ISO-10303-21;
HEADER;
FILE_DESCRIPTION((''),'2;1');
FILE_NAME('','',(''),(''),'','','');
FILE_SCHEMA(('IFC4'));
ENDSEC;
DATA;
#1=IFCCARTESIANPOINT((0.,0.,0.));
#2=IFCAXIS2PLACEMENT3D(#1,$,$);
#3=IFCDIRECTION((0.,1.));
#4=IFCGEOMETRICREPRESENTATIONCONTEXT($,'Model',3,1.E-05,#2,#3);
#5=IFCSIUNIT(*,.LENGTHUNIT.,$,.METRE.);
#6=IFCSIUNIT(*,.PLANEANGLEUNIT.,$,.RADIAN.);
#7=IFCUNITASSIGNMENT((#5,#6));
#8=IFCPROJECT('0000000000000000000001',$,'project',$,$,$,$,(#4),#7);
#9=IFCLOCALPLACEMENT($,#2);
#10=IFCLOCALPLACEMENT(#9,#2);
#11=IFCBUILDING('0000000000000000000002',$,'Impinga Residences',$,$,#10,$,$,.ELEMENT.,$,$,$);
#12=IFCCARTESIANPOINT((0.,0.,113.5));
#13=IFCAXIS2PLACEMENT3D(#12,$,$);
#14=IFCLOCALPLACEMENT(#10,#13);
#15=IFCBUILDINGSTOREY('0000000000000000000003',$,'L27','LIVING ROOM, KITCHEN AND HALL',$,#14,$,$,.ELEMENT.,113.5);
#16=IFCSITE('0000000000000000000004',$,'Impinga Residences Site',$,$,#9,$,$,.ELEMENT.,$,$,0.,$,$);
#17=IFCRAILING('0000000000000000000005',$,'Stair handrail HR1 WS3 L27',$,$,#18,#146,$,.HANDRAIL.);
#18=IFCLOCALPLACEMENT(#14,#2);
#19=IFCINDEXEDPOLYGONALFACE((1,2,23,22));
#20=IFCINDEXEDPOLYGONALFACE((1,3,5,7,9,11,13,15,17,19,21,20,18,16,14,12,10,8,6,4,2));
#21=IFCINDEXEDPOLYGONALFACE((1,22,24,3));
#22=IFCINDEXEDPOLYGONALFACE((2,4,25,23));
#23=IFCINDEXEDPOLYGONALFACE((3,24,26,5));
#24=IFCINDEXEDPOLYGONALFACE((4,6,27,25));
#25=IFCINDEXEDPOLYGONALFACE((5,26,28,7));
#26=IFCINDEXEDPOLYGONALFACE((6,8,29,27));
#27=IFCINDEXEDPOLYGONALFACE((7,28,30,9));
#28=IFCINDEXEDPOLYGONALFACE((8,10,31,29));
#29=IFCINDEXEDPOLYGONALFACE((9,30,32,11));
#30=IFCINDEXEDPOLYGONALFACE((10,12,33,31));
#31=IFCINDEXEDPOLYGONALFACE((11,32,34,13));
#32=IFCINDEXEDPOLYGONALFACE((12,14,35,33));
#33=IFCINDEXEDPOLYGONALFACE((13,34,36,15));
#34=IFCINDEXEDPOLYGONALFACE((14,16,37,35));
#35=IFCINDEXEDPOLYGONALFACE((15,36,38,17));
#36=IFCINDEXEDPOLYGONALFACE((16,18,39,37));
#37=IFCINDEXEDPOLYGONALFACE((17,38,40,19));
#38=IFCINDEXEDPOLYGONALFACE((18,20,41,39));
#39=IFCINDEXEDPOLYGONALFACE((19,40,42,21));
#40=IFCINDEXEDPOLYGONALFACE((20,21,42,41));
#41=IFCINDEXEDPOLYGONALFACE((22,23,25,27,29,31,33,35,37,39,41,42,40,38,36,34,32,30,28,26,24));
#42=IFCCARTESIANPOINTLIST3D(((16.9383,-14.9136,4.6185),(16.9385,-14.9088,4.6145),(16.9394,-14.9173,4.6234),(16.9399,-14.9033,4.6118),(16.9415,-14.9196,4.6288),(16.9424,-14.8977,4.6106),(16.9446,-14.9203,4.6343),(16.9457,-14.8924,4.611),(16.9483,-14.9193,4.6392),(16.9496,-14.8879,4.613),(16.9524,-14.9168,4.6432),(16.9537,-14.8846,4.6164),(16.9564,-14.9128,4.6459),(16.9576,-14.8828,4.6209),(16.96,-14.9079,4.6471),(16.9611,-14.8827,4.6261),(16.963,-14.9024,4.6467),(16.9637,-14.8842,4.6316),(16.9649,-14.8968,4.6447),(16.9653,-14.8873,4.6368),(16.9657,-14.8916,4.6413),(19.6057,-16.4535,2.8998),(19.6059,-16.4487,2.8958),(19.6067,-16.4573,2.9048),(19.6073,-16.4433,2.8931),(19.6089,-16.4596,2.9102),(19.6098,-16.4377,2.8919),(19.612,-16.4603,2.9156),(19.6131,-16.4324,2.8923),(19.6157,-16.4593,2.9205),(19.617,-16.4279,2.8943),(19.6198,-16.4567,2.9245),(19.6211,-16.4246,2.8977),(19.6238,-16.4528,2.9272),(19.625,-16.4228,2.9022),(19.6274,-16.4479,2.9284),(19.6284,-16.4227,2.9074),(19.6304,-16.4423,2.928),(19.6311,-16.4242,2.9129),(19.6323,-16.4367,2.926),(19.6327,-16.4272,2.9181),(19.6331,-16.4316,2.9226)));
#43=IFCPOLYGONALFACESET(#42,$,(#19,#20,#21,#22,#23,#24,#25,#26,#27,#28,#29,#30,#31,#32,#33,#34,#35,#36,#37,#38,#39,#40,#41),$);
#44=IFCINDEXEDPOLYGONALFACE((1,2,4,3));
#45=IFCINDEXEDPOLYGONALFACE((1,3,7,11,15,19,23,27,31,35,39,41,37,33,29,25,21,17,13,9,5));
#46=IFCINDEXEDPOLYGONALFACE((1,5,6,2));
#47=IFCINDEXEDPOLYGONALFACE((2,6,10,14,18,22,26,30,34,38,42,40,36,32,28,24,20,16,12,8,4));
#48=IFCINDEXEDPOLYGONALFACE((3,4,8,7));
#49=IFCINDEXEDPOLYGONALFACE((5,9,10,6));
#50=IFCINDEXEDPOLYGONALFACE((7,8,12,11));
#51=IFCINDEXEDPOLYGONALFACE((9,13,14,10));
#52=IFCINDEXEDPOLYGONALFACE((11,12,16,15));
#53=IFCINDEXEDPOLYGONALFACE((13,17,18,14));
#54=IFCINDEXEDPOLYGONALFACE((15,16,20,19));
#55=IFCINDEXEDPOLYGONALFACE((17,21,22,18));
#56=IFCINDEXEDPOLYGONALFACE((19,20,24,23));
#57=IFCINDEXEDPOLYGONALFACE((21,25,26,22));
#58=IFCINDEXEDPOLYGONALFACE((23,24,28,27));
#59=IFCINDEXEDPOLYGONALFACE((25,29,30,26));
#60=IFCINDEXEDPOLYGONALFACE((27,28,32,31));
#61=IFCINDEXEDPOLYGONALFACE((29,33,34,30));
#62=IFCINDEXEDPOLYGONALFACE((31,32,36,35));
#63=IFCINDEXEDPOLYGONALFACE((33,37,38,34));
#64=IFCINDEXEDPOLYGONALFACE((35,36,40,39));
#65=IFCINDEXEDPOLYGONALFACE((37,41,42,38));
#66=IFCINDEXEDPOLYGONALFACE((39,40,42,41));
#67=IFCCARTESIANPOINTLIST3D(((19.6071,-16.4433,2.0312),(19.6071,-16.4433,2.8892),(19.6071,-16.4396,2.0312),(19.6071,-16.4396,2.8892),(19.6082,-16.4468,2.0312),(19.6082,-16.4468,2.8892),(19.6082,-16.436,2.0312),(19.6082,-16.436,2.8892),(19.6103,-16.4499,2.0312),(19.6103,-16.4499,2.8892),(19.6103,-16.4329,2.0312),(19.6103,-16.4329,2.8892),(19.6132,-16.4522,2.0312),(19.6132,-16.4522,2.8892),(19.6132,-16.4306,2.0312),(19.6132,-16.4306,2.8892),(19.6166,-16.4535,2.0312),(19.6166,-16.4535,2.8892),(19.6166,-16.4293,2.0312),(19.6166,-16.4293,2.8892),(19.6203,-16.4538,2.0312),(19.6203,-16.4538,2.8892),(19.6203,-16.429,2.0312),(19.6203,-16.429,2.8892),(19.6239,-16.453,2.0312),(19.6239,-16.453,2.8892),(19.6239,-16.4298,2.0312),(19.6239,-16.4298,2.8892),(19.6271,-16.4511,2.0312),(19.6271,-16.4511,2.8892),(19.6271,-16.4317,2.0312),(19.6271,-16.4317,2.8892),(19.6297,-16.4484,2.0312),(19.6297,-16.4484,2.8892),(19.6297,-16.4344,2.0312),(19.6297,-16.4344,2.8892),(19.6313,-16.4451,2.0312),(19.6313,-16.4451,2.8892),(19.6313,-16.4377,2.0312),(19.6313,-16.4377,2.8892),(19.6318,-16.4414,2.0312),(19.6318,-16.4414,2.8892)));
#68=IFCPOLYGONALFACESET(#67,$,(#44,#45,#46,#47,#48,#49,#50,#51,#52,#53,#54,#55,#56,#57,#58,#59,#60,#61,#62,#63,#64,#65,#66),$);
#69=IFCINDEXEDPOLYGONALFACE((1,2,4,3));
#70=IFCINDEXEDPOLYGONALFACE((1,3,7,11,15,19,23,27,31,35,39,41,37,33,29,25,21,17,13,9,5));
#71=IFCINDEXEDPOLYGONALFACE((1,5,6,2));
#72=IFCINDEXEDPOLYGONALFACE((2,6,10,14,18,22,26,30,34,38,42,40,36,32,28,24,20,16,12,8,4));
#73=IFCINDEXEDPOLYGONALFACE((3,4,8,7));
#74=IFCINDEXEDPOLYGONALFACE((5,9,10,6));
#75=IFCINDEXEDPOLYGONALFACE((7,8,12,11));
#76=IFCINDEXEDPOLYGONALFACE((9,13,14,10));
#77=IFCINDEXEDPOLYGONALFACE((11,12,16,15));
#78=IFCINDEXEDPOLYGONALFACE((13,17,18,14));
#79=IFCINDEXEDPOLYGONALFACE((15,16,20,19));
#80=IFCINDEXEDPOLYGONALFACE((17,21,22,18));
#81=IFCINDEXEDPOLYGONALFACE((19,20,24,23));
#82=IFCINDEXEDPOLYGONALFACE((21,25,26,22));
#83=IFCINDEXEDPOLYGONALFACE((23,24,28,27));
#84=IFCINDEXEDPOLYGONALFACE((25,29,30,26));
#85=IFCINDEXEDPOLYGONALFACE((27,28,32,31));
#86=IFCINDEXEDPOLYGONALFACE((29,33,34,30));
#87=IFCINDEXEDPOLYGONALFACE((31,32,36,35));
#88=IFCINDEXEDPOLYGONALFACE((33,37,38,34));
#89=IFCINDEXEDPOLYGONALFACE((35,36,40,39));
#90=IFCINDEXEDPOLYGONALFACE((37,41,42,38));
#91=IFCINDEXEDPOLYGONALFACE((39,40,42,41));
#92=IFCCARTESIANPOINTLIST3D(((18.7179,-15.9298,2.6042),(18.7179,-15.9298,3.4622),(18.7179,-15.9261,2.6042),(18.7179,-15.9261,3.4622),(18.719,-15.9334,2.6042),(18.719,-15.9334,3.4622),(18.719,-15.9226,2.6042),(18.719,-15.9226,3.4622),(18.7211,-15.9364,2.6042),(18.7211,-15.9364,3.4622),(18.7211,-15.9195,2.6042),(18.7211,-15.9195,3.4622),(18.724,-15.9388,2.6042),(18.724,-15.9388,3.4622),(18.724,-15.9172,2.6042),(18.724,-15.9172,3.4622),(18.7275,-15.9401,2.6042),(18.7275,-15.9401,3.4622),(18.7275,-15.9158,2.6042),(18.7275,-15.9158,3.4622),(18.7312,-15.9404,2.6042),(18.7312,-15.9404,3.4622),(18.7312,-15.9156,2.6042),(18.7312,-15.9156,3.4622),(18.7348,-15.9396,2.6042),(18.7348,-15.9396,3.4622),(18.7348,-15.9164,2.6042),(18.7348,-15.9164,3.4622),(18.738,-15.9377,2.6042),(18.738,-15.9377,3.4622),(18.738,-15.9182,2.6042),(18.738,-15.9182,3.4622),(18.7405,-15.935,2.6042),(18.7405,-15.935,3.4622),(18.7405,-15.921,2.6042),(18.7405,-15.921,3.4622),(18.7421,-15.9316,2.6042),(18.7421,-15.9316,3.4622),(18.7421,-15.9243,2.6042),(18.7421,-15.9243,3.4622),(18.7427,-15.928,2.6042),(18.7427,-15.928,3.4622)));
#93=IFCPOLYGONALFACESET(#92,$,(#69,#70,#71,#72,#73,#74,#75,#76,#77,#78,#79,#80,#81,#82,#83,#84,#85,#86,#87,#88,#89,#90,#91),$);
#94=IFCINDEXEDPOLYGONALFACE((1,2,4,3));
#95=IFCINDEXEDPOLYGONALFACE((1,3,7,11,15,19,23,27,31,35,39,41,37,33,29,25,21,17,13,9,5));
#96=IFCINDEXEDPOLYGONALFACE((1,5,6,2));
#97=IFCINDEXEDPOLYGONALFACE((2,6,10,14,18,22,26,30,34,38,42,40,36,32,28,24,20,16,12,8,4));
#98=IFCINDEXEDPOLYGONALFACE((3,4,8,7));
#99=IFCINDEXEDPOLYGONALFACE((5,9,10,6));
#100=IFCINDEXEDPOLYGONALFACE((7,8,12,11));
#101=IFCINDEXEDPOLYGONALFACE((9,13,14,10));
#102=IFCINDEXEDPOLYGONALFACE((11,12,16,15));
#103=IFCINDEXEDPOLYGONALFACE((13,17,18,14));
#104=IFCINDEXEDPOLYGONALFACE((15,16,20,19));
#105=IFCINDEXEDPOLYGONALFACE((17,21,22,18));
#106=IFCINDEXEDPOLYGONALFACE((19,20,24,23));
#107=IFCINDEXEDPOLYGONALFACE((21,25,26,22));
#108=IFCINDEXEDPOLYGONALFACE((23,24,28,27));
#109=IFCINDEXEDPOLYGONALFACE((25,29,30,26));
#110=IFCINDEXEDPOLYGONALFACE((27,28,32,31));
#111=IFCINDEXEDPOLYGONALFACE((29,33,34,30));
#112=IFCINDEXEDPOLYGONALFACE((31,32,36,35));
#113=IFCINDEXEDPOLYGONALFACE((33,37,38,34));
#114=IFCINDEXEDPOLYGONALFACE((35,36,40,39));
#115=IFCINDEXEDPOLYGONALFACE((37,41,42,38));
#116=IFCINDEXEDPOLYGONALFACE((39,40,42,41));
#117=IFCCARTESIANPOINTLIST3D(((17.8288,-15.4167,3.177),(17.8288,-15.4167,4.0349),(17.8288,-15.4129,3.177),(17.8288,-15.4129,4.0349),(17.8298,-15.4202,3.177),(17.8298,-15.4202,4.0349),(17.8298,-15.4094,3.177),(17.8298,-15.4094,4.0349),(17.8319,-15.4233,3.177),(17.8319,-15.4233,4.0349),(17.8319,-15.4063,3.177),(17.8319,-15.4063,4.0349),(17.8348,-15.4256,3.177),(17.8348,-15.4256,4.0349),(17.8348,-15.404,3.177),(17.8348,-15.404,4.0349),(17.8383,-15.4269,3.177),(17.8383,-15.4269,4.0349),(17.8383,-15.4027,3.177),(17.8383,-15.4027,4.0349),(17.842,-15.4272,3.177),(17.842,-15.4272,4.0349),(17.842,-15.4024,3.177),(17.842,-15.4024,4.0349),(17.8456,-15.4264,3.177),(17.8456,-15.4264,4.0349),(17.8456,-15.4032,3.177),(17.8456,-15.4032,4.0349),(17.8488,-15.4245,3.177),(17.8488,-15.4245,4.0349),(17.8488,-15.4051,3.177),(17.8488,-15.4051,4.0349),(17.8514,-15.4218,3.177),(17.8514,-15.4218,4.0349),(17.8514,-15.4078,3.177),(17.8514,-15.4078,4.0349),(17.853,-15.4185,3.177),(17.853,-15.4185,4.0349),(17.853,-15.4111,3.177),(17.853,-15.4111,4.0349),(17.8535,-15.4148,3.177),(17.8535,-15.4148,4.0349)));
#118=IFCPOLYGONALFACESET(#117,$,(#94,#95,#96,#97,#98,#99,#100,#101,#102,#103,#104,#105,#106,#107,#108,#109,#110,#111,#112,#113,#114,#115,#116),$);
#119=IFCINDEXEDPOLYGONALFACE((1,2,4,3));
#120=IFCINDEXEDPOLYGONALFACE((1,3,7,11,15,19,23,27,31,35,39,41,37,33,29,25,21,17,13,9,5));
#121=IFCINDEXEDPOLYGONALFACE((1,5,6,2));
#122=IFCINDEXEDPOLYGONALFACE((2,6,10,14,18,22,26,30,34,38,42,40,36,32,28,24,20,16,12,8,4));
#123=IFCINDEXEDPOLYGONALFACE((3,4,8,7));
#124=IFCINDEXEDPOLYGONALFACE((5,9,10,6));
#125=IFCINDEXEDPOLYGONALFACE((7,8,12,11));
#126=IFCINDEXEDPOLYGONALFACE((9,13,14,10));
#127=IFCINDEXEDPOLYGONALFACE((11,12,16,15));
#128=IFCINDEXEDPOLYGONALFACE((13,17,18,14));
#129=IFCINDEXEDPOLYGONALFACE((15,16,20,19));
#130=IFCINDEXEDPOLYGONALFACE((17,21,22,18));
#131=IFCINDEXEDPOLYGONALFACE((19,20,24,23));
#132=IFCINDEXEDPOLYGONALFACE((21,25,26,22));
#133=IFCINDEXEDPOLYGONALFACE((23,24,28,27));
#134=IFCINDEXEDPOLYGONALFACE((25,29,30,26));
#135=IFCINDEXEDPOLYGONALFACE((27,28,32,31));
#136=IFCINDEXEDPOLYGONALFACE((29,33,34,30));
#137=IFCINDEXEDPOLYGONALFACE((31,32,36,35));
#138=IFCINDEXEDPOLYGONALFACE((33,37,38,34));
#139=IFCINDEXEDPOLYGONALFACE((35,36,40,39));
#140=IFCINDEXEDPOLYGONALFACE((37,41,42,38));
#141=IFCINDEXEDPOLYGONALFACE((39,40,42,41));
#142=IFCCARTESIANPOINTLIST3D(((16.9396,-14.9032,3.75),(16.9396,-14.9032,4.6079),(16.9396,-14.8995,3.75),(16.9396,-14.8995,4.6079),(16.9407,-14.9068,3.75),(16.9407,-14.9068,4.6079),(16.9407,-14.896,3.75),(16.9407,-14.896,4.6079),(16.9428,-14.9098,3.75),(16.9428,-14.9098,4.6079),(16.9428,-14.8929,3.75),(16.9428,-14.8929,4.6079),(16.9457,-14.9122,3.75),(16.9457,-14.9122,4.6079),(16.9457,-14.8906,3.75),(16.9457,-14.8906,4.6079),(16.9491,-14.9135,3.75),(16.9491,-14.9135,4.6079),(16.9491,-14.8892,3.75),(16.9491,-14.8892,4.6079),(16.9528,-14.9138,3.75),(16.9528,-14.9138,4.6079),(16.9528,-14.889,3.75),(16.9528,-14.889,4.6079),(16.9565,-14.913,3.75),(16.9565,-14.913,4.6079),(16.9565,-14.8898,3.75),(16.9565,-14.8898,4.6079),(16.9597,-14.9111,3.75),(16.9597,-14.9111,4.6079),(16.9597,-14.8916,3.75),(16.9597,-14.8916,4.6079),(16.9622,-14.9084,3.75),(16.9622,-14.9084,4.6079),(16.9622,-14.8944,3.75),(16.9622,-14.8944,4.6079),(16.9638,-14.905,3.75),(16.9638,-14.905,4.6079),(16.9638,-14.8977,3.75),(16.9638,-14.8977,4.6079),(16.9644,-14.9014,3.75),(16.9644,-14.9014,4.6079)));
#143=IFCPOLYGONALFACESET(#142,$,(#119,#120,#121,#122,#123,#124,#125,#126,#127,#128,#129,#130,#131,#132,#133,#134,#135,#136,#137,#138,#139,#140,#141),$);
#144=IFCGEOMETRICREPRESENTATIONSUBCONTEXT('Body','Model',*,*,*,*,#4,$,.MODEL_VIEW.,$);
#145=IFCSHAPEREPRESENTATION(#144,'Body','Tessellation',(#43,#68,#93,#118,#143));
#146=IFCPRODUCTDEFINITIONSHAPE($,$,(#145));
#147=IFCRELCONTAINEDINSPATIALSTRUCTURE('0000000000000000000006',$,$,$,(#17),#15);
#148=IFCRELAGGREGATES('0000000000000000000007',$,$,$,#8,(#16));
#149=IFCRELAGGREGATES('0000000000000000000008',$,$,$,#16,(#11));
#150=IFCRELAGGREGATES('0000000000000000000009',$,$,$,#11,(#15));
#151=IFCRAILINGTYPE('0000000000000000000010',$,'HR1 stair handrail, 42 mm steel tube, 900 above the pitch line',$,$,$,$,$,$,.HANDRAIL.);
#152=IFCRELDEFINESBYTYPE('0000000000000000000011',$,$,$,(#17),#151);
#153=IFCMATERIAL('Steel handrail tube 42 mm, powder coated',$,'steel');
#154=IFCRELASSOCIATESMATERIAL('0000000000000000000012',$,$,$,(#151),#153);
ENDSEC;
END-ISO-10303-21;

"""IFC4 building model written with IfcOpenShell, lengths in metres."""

from ifc_helpers import new_model, si_unit, direction, frame, origin, origin_2d, place, context, subcontext, project, spatial, circle, extrude, material, type_object, element, save


model = new_model("IFC4")

# Units and contexts
model_context = context("Model", 3, precision=1e-05, world=origin(), true_north=direction((0.0, 1.0)))
body_context = subcontext(model_context, "Body", "Model", "MODEL_VIEW")
ifc_project = project(units=[si_unit("LENGTHUNIT", "METRE"), si_unit("PLANEANGLEUNIT", "RADIAN")], contexts=[model_context])

# Site, building, storey
site_placement = place(None, origin())
site = spatial("IfcSite", under=ifc_project, at=site_placement, Name="Impinga Residences Site", CompositionType="ELEMENT", RefElevation=0.0)
building_placement = place(site_placement, origin())
building = spatial("IfcBuilding", under=site, at=building_placement, Name="Impinga Residences", CompositionType="ELEMENT")
storey_placement = place(building_placement, frame((0.0, 0.0, 113.5)))
storey = spatial("IfcBuildingStorey", under=building, at=storey_placement, Name="L27", Description="LIVING ROOM, KITCHEN AND HALL", CompositionType="ELEMENT", Elevation=113.5)

# Railing
ifc_material_1 = material(Name="Steel handrail tube 42 mm, powder coated", Category="steel")
railing_type_1 = type_object("IfcRailingType", Name="HR1 stair handrail, 42 mm steel tube, 900 above the pitch line", PredefinedType="HANDRAIL", material=ifc_material_1)
railing_1_placement = place(storey_placement, frame((19.6194, -16.4414, 2.0312)))
element("IfcRailing", 1, at=railing_1_placement, inside=storey, type_object=railing_type_1, Name="Stair handrail HR1 WS3 L27", PredefinedType="HANDRAIL", context=body_context, shape_type="SweptSolid", body=[
    extrude(circle(Radius=0.021, at=origin_2d()), frame((0.0, 0.0, 0.8789), z_axis=(-0.756256, 0.436616, 0.487282), x_axis=(-0.499992, -0.86603, 0.0)), (0.0, 0.0, 1.0), 3.5271),
    extrude(circle(Radius=0.0125, at=origin_2d()), origin(), (0.0, 0.0, 1.0), 0.8579),
    extrude(circle(Radius=0.0125, at=origin_2d()), frame((-0.8892, 0.5134, 0.573)), (0.0, 0.0, 1.0), 0.8579),
    extrude(circle(Radius=0.0125, at=origin_2d()), frame((-1.7783, 1.0266, 1.1458)), (0.0, 0.0, 1.0), 0.8579),
    extrude(circle(Radius=0.0125, at=origin_2d()), frame((-2.6675, 1.54, 1.7188)), (0.0, 0.0, 1.0), 0.8579),
])

save(model, "model.ifc")
